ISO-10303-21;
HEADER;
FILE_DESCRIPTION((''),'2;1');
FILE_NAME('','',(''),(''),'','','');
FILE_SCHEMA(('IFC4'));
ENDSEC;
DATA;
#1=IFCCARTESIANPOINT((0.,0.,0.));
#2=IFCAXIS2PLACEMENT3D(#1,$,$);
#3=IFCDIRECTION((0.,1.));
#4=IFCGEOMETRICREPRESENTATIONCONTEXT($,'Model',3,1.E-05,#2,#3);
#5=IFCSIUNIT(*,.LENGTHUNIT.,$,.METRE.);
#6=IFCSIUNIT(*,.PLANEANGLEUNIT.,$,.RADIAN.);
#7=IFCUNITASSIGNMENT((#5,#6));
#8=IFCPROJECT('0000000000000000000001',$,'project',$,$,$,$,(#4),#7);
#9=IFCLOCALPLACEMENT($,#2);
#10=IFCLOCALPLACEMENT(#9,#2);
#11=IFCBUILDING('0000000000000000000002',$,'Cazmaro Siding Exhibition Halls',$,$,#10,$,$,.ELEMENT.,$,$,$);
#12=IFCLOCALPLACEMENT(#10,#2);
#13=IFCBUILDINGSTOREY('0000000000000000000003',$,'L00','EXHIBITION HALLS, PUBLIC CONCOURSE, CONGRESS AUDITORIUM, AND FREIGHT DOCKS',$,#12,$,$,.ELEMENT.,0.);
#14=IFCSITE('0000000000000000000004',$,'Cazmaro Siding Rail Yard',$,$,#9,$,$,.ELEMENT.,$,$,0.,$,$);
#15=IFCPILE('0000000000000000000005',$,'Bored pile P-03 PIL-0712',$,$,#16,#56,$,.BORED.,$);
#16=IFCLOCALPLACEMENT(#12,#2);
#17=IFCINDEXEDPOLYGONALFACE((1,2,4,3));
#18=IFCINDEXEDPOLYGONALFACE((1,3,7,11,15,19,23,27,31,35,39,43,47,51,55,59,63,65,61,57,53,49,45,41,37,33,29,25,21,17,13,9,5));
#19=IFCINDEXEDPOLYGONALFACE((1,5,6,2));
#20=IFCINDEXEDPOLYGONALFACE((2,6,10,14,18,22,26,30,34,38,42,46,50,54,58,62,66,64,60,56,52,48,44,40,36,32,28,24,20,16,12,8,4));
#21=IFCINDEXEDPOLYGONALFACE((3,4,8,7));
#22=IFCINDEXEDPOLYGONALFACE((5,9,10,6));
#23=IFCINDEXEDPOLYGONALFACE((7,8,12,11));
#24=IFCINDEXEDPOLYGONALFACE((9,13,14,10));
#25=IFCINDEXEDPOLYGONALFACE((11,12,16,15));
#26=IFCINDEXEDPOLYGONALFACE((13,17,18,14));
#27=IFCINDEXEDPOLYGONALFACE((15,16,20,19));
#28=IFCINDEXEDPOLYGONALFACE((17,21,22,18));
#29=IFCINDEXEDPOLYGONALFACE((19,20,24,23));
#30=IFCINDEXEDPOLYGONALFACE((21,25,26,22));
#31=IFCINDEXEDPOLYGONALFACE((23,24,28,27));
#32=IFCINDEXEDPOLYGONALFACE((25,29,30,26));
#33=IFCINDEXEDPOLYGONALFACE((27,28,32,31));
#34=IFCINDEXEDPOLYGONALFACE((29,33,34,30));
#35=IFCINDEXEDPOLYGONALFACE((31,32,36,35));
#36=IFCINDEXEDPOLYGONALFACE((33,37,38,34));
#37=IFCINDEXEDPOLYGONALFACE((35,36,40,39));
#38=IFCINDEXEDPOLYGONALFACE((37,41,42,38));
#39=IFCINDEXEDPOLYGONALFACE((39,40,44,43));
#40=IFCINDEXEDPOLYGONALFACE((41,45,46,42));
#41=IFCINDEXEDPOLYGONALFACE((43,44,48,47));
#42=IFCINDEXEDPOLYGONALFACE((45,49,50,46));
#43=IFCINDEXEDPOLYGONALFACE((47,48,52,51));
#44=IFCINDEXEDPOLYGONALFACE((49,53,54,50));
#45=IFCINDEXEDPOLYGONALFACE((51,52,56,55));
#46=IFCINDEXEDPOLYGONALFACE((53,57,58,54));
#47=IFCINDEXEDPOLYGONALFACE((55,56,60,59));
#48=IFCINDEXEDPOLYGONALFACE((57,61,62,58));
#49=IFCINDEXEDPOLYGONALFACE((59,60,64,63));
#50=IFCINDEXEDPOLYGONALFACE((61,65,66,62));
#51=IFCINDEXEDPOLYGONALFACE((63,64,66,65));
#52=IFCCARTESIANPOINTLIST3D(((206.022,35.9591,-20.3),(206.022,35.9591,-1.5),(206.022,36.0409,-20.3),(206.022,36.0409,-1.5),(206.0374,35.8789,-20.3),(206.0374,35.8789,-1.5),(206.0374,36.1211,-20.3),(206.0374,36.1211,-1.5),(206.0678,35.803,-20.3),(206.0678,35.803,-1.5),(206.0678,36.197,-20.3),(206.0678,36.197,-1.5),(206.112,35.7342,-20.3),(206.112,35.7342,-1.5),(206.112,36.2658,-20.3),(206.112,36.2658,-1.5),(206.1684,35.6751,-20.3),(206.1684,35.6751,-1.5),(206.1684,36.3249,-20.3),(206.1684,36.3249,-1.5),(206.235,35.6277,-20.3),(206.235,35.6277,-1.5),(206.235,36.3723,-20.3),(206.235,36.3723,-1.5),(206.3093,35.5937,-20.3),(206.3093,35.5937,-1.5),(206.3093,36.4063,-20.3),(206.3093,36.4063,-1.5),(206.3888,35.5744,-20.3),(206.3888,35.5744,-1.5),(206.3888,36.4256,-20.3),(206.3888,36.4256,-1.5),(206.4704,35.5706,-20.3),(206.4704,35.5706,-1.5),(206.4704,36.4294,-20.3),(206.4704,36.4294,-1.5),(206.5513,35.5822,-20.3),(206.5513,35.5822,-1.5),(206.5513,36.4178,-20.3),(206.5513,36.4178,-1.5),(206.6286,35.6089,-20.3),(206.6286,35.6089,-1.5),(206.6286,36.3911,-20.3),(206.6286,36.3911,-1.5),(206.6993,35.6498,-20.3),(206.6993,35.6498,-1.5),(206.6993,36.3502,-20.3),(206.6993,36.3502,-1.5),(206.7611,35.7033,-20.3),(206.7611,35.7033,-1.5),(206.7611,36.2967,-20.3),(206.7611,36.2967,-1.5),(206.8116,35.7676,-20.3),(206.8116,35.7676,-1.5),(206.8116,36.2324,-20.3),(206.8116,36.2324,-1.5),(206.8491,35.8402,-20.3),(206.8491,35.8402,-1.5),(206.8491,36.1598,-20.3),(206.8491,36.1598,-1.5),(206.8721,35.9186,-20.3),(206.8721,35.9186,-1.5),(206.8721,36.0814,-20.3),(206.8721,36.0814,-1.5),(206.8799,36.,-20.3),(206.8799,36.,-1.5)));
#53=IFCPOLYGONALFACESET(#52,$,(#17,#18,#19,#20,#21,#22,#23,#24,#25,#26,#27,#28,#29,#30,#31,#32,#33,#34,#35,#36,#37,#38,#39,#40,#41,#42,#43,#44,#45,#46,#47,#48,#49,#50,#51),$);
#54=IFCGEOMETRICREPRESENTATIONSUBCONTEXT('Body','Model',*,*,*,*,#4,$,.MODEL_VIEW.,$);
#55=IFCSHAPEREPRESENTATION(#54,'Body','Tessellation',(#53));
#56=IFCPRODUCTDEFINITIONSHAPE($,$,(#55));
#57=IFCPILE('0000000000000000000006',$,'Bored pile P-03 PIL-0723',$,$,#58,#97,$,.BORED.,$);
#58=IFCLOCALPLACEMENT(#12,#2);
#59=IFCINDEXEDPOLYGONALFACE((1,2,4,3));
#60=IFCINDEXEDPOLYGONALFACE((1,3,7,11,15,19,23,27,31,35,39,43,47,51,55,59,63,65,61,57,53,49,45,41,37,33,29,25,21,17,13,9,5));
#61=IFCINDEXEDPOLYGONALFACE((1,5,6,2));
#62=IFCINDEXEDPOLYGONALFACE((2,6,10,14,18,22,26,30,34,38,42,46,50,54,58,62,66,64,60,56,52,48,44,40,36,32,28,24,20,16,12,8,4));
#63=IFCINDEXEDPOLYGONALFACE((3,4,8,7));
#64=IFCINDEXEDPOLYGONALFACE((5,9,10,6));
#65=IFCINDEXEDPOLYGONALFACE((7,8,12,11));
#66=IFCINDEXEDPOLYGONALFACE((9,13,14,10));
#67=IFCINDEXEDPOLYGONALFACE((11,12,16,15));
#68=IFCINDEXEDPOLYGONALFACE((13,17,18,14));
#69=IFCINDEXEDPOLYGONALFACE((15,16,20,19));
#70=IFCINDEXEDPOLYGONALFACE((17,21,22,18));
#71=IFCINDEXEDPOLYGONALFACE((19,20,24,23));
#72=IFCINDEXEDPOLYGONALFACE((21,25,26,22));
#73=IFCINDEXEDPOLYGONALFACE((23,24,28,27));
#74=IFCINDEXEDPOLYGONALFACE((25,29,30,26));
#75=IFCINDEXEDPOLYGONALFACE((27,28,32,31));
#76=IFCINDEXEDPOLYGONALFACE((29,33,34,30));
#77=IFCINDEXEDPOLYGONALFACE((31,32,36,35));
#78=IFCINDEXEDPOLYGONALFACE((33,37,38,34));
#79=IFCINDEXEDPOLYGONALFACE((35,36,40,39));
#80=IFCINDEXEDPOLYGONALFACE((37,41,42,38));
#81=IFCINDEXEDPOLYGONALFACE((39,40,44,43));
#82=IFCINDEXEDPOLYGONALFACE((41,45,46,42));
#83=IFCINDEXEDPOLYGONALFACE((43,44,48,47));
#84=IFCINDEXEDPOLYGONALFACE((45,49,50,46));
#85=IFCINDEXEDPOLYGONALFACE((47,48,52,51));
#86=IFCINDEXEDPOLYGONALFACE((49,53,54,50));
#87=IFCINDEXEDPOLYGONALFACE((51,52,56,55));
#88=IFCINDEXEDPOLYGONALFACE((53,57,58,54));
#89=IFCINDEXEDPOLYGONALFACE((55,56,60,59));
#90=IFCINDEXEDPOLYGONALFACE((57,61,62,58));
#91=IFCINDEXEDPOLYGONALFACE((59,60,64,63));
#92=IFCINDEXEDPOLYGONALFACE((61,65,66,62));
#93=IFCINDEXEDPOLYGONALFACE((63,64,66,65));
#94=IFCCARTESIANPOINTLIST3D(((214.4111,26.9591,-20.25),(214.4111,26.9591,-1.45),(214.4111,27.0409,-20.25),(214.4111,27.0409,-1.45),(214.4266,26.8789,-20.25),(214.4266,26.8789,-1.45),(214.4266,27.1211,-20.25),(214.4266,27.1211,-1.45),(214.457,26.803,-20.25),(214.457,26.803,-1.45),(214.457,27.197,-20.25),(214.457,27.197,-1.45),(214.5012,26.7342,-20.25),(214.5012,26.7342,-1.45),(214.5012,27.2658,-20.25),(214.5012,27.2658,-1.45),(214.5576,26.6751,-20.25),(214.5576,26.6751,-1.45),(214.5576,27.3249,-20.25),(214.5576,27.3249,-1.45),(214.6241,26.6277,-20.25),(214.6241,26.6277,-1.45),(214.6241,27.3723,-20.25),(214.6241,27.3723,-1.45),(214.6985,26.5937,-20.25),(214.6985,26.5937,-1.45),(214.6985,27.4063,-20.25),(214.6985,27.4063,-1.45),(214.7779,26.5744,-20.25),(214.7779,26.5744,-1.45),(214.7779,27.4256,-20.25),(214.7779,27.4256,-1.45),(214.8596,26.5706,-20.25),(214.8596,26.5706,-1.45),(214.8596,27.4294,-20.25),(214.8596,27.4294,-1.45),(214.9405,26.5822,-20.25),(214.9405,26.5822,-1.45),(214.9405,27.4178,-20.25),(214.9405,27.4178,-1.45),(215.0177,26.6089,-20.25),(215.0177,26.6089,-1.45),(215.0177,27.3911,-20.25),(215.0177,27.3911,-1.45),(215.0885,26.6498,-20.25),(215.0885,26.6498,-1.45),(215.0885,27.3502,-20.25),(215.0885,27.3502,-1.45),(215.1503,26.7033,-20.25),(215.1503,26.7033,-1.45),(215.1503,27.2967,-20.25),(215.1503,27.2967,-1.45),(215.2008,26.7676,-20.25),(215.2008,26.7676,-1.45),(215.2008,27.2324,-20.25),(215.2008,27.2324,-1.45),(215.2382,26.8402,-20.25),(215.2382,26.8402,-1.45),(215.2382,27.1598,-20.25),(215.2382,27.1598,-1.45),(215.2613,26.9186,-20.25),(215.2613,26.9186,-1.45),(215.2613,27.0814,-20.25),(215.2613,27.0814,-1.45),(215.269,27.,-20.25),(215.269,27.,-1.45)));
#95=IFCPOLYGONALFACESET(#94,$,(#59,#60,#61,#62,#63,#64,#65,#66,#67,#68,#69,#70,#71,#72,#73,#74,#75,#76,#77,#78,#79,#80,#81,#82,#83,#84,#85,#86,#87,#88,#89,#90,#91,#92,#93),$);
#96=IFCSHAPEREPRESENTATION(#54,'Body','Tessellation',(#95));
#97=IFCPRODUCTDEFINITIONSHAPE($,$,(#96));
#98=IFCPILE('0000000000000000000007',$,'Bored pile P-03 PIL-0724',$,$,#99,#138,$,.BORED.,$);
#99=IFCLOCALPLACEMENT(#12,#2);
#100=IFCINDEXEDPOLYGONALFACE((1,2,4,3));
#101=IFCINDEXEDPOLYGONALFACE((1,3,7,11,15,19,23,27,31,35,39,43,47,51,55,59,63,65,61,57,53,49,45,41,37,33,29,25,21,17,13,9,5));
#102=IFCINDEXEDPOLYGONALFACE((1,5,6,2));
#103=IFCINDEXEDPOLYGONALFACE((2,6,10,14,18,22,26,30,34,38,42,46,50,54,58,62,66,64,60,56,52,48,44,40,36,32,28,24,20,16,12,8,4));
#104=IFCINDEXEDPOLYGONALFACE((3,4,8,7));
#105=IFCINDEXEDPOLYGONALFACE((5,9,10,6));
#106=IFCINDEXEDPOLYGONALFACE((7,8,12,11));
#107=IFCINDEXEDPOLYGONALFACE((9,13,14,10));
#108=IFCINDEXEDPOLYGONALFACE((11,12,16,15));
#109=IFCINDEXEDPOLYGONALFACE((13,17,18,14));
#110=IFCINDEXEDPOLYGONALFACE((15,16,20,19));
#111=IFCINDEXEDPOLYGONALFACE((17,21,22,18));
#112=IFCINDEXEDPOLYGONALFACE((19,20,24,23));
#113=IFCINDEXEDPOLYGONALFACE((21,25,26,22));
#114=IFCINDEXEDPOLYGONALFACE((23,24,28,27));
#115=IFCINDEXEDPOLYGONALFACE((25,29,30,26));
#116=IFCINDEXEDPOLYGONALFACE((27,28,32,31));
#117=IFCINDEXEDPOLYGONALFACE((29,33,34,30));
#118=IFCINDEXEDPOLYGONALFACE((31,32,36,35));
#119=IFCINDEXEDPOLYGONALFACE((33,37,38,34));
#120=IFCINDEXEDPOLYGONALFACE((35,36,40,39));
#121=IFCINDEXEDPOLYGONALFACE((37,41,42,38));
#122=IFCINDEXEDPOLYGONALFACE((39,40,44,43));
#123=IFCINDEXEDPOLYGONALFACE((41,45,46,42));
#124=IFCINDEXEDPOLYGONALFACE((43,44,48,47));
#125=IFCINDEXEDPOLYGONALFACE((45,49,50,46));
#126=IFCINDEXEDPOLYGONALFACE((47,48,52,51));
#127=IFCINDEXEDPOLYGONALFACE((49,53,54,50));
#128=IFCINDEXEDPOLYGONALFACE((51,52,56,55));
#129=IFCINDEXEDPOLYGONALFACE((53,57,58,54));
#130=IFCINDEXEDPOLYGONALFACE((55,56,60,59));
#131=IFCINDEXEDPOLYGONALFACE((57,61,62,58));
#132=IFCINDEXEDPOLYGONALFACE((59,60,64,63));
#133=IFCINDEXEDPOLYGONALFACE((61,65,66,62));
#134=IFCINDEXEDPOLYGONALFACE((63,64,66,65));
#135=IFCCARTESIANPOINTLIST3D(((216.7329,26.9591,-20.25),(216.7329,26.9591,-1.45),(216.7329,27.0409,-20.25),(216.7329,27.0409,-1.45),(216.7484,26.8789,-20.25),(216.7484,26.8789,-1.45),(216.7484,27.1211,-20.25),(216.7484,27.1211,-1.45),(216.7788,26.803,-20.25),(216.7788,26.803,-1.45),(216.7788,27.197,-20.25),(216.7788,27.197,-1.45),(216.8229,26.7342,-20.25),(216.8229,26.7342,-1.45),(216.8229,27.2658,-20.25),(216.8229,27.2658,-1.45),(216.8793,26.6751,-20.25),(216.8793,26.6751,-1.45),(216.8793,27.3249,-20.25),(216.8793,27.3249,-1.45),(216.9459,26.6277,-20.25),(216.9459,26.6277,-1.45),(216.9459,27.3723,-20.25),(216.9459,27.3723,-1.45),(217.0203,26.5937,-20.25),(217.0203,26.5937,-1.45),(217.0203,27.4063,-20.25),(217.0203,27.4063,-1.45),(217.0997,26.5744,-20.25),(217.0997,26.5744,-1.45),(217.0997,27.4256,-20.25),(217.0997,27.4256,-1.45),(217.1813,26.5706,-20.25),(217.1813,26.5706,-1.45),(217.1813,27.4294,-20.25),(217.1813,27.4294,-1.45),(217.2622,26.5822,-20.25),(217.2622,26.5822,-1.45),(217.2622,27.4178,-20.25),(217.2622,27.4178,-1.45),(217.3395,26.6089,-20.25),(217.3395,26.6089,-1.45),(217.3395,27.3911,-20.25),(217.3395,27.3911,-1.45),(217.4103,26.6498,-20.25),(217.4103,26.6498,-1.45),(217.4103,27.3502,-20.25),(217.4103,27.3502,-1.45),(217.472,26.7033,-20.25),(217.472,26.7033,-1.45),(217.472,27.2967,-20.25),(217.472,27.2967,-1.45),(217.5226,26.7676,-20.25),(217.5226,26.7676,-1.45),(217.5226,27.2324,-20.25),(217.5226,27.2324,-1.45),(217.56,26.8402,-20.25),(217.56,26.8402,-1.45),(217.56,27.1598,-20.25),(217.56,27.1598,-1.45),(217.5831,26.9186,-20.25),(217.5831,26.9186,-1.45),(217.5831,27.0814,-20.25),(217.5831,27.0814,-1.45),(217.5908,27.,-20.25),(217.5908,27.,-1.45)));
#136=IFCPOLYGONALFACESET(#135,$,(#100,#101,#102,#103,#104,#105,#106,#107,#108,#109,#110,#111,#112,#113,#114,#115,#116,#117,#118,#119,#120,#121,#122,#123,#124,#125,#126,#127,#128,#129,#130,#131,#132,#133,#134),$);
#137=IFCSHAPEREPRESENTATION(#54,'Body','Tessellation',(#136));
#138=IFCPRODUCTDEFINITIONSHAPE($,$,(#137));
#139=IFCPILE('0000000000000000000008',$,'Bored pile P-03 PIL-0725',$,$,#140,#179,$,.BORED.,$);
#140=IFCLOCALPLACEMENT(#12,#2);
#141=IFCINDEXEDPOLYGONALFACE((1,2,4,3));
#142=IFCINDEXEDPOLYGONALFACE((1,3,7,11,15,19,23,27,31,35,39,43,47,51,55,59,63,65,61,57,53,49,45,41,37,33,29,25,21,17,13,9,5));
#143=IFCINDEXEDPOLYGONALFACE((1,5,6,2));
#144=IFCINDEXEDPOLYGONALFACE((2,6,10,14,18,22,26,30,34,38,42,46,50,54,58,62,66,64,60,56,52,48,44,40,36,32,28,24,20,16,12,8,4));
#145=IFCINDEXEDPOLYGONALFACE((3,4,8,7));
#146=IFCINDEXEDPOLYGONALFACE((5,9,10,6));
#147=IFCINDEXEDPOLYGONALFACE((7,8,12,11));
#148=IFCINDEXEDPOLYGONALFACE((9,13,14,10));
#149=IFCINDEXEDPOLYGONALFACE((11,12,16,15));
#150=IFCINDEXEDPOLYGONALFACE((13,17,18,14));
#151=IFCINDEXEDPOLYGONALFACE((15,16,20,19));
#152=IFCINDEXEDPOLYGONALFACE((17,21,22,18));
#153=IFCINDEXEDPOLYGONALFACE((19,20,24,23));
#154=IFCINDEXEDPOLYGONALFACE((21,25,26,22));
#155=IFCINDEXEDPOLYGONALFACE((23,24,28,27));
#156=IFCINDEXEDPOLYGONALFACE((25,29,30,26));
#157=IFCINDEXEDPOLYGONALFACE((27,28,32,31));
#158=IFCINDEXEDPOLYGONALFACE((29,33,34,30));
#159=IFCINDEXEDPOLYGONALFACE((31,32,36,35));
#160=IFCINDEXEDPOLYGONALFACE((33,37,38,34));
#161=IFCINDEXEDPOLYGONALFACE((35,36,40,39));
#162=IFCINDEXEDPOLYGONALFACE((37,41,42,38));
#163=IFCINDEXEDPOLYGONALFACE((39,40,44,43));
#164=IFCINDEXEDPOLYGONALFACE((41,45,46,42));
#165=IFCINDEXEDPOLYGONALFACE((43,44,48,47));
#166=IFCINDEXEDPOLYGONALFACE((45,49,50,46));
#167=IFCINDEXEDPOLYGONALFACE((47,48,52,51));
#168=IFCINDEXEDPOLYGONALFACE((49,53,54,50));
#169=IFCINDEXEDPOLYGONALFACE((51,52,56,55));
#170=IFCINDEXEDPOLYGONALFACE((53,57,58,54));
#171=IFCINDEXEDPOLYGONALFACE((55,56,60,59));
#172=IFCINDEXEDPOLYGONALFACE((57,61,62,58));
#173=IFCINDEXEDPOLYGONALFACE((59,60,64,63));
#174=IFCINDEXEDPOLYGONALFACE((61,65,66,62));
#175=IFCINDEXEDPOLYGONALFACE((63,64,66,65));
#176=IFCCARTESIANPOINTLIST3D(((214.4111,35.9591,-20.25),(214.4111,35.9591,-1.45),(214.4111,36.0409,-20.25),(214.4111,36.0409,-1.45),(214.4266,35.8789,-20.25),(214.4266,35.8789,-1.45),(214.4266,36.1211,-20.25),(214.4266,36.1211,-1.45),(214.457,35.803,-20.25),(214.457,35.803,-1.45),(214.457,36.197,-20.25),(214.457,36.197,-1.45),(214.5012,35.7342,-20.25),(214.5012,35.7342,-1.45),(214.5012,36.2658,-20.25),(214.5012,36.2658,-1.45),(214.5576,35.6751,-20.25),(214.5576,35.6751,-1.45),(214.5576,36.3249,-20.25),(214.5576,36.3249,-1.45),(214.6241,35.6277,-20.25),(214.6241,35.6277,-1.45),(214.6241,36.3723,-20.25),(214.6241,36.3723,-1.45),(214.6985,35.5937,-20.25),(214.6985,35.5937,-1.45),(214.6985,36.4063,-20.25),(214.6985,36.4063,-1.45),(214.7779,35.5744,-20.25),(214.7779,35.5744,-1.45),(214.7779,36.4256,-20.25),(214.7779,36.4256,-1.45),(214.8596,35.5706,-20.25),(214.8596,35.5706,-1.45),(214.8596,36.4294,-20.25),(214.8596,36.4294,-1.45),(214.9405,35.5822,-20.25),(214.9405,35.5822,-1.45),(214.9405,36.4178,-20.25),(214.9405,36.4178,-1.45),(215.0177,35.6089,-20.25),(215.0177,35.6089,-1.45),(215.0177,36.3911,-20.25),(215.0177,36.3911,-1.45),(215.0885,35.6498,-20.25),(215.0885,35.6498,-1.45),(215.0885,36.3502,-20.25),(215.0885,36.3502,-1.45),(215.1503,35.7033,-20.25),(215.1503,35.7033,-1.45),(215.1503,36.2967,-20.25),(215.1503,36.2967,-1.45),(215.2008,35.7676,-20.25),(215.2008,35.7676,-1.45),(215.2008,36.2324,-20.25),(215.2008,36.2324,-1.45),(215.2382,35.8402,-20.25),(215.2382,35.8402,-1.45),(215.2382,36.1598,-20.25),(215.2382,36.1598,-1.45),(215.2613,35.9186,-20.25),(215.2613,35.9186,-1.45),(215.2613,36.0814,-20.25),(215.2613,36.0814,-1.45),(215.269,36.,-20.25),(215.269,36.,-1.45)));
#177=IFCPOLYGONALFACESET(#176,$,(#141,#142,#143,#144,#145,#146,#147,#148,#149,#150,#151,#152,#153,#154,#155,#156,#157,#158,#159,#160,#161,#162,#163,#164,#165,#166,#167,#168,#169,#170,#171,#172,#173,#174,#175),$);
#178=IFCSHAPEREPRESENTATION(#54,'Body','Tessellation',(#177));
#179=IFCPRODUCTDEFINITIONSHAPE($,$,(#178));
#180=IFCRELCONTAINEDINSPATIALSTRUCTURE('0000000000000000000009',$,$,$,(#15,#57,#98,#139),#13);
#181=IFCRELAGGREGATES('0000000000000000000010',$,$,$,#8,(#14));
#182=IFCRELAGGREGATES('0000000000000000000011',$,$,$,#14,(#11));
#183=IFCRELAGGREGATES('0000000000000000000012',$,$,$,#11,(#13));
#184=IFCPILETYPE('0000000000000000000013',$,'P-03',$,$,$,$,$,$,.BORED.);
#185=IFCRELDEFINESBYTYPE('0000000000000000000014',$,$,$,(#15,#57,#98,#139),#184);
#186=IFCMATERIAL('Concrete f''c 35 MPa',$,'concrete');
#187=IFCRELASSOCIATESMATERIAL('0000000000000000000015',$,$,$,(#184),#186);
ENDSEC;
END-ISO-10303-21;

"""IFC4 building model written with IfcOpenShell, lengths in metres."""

from ifc_helpers import new_model, si_unit, direction, frame, origin, origin_2d, place, context, subcontext, project, spatial, circle, extrude, material, material_profile, profile_set, type_object, element, save


model = new_model("IFC4")

# Units and contexts
model_context = context("Model", 3, precision=1e-05, world=origin(), true_north=direction((0.0, 1.0)))
body_context = subcontext(model_context, "Body", "Model", "MODEL_VIEW")
ifc_project = project(units=[si_unit("LENGTHUNIT", "METRE"), si_unit("PLANEANGLEUNIT", "RADIAN")], contexts=[model_context])

# Site, building, storey
site_placement = place(None, origin())
site = spatial("IfcSite", under=ifc_project, at=site_placement, Name="Cazmaro Siding Rail Yard", CompositionType="ELEMENT", RefElevation=0.0)
building_placement = place(site_placement, origin())
building = spatial("IfcBuilding", under=site, at=building_placement, Name="Cazmaro Siding Exhibition Halls", CompositionType="ELEMENT")
storey_placement = place(building_placement, origin())
storey = spatial("IfcBuildingStorey", under=building, at=storey_placement, Name="L00", Description="EXHIBITION HALLS, PUBLIC CONCOURSE, CONGRESS AUDITORIUM, AND FREIGHT DOCKS", CompositionType="ELEMENT", Elevation=0.0)

# Piles
ifc_material_1 = material(Name="Concrete f'c 35 MPa", Category="concrete")
ifc_material_profile_1 = material_profile(ifc_material_1, circle(Radius=0.4299, at=origin_2d()), Name="CIDH-860")
ifc_profile_set_1 = profile_set([ifc_material_profile_1], Name="Concrete f'c 35 MPa")
pile_type_1 = type_object("IfcPileType", Name="P-03", PredefinedType="BORED", material=ifc_profile_set_1)
for number, where, z_axis, x_axis, name in (
    (1, (206.45, 36.0, -1.5), (0.0, 0.0, -1.0), (1.0, 0.0, 0.0), "Bored pile P-03 PIL-0712"),
    (2, (214.8391, 27.0, -1.45), (0.0, 0.0, -1.0), (1.0, 0.0, 0.0), "Bored pile P-03 PIL-0723"),
    (3, (217.1609, 27.0, -1.45), (0.0, 0.0, -1.0), (1.0, 0.0, 0.0), "Bored pile P-03 PIL-0724"),
    (4, (214.8391, 36.0, -1.45), (0.0, 0.0, -1.0), (1.0, 0.0, 0.0), "Bored pile P-03 PIL-0725"),
):
    element("IfcPile", number, at=place(storey_placement, frame(where, z_axis=z_axis, x_axis=x_axis)), inside=storey, type_object=pile_type_1, Name=name, PredefinedType="BORED", context=body_context, shape_type="SweptSolid", body=[
        extrude(circle(Radius=0.4299, at=origin_2d()), origin(), (0.0, 0.0, 1.0), 18.8),
    ])

save(model, "model.ifc")
